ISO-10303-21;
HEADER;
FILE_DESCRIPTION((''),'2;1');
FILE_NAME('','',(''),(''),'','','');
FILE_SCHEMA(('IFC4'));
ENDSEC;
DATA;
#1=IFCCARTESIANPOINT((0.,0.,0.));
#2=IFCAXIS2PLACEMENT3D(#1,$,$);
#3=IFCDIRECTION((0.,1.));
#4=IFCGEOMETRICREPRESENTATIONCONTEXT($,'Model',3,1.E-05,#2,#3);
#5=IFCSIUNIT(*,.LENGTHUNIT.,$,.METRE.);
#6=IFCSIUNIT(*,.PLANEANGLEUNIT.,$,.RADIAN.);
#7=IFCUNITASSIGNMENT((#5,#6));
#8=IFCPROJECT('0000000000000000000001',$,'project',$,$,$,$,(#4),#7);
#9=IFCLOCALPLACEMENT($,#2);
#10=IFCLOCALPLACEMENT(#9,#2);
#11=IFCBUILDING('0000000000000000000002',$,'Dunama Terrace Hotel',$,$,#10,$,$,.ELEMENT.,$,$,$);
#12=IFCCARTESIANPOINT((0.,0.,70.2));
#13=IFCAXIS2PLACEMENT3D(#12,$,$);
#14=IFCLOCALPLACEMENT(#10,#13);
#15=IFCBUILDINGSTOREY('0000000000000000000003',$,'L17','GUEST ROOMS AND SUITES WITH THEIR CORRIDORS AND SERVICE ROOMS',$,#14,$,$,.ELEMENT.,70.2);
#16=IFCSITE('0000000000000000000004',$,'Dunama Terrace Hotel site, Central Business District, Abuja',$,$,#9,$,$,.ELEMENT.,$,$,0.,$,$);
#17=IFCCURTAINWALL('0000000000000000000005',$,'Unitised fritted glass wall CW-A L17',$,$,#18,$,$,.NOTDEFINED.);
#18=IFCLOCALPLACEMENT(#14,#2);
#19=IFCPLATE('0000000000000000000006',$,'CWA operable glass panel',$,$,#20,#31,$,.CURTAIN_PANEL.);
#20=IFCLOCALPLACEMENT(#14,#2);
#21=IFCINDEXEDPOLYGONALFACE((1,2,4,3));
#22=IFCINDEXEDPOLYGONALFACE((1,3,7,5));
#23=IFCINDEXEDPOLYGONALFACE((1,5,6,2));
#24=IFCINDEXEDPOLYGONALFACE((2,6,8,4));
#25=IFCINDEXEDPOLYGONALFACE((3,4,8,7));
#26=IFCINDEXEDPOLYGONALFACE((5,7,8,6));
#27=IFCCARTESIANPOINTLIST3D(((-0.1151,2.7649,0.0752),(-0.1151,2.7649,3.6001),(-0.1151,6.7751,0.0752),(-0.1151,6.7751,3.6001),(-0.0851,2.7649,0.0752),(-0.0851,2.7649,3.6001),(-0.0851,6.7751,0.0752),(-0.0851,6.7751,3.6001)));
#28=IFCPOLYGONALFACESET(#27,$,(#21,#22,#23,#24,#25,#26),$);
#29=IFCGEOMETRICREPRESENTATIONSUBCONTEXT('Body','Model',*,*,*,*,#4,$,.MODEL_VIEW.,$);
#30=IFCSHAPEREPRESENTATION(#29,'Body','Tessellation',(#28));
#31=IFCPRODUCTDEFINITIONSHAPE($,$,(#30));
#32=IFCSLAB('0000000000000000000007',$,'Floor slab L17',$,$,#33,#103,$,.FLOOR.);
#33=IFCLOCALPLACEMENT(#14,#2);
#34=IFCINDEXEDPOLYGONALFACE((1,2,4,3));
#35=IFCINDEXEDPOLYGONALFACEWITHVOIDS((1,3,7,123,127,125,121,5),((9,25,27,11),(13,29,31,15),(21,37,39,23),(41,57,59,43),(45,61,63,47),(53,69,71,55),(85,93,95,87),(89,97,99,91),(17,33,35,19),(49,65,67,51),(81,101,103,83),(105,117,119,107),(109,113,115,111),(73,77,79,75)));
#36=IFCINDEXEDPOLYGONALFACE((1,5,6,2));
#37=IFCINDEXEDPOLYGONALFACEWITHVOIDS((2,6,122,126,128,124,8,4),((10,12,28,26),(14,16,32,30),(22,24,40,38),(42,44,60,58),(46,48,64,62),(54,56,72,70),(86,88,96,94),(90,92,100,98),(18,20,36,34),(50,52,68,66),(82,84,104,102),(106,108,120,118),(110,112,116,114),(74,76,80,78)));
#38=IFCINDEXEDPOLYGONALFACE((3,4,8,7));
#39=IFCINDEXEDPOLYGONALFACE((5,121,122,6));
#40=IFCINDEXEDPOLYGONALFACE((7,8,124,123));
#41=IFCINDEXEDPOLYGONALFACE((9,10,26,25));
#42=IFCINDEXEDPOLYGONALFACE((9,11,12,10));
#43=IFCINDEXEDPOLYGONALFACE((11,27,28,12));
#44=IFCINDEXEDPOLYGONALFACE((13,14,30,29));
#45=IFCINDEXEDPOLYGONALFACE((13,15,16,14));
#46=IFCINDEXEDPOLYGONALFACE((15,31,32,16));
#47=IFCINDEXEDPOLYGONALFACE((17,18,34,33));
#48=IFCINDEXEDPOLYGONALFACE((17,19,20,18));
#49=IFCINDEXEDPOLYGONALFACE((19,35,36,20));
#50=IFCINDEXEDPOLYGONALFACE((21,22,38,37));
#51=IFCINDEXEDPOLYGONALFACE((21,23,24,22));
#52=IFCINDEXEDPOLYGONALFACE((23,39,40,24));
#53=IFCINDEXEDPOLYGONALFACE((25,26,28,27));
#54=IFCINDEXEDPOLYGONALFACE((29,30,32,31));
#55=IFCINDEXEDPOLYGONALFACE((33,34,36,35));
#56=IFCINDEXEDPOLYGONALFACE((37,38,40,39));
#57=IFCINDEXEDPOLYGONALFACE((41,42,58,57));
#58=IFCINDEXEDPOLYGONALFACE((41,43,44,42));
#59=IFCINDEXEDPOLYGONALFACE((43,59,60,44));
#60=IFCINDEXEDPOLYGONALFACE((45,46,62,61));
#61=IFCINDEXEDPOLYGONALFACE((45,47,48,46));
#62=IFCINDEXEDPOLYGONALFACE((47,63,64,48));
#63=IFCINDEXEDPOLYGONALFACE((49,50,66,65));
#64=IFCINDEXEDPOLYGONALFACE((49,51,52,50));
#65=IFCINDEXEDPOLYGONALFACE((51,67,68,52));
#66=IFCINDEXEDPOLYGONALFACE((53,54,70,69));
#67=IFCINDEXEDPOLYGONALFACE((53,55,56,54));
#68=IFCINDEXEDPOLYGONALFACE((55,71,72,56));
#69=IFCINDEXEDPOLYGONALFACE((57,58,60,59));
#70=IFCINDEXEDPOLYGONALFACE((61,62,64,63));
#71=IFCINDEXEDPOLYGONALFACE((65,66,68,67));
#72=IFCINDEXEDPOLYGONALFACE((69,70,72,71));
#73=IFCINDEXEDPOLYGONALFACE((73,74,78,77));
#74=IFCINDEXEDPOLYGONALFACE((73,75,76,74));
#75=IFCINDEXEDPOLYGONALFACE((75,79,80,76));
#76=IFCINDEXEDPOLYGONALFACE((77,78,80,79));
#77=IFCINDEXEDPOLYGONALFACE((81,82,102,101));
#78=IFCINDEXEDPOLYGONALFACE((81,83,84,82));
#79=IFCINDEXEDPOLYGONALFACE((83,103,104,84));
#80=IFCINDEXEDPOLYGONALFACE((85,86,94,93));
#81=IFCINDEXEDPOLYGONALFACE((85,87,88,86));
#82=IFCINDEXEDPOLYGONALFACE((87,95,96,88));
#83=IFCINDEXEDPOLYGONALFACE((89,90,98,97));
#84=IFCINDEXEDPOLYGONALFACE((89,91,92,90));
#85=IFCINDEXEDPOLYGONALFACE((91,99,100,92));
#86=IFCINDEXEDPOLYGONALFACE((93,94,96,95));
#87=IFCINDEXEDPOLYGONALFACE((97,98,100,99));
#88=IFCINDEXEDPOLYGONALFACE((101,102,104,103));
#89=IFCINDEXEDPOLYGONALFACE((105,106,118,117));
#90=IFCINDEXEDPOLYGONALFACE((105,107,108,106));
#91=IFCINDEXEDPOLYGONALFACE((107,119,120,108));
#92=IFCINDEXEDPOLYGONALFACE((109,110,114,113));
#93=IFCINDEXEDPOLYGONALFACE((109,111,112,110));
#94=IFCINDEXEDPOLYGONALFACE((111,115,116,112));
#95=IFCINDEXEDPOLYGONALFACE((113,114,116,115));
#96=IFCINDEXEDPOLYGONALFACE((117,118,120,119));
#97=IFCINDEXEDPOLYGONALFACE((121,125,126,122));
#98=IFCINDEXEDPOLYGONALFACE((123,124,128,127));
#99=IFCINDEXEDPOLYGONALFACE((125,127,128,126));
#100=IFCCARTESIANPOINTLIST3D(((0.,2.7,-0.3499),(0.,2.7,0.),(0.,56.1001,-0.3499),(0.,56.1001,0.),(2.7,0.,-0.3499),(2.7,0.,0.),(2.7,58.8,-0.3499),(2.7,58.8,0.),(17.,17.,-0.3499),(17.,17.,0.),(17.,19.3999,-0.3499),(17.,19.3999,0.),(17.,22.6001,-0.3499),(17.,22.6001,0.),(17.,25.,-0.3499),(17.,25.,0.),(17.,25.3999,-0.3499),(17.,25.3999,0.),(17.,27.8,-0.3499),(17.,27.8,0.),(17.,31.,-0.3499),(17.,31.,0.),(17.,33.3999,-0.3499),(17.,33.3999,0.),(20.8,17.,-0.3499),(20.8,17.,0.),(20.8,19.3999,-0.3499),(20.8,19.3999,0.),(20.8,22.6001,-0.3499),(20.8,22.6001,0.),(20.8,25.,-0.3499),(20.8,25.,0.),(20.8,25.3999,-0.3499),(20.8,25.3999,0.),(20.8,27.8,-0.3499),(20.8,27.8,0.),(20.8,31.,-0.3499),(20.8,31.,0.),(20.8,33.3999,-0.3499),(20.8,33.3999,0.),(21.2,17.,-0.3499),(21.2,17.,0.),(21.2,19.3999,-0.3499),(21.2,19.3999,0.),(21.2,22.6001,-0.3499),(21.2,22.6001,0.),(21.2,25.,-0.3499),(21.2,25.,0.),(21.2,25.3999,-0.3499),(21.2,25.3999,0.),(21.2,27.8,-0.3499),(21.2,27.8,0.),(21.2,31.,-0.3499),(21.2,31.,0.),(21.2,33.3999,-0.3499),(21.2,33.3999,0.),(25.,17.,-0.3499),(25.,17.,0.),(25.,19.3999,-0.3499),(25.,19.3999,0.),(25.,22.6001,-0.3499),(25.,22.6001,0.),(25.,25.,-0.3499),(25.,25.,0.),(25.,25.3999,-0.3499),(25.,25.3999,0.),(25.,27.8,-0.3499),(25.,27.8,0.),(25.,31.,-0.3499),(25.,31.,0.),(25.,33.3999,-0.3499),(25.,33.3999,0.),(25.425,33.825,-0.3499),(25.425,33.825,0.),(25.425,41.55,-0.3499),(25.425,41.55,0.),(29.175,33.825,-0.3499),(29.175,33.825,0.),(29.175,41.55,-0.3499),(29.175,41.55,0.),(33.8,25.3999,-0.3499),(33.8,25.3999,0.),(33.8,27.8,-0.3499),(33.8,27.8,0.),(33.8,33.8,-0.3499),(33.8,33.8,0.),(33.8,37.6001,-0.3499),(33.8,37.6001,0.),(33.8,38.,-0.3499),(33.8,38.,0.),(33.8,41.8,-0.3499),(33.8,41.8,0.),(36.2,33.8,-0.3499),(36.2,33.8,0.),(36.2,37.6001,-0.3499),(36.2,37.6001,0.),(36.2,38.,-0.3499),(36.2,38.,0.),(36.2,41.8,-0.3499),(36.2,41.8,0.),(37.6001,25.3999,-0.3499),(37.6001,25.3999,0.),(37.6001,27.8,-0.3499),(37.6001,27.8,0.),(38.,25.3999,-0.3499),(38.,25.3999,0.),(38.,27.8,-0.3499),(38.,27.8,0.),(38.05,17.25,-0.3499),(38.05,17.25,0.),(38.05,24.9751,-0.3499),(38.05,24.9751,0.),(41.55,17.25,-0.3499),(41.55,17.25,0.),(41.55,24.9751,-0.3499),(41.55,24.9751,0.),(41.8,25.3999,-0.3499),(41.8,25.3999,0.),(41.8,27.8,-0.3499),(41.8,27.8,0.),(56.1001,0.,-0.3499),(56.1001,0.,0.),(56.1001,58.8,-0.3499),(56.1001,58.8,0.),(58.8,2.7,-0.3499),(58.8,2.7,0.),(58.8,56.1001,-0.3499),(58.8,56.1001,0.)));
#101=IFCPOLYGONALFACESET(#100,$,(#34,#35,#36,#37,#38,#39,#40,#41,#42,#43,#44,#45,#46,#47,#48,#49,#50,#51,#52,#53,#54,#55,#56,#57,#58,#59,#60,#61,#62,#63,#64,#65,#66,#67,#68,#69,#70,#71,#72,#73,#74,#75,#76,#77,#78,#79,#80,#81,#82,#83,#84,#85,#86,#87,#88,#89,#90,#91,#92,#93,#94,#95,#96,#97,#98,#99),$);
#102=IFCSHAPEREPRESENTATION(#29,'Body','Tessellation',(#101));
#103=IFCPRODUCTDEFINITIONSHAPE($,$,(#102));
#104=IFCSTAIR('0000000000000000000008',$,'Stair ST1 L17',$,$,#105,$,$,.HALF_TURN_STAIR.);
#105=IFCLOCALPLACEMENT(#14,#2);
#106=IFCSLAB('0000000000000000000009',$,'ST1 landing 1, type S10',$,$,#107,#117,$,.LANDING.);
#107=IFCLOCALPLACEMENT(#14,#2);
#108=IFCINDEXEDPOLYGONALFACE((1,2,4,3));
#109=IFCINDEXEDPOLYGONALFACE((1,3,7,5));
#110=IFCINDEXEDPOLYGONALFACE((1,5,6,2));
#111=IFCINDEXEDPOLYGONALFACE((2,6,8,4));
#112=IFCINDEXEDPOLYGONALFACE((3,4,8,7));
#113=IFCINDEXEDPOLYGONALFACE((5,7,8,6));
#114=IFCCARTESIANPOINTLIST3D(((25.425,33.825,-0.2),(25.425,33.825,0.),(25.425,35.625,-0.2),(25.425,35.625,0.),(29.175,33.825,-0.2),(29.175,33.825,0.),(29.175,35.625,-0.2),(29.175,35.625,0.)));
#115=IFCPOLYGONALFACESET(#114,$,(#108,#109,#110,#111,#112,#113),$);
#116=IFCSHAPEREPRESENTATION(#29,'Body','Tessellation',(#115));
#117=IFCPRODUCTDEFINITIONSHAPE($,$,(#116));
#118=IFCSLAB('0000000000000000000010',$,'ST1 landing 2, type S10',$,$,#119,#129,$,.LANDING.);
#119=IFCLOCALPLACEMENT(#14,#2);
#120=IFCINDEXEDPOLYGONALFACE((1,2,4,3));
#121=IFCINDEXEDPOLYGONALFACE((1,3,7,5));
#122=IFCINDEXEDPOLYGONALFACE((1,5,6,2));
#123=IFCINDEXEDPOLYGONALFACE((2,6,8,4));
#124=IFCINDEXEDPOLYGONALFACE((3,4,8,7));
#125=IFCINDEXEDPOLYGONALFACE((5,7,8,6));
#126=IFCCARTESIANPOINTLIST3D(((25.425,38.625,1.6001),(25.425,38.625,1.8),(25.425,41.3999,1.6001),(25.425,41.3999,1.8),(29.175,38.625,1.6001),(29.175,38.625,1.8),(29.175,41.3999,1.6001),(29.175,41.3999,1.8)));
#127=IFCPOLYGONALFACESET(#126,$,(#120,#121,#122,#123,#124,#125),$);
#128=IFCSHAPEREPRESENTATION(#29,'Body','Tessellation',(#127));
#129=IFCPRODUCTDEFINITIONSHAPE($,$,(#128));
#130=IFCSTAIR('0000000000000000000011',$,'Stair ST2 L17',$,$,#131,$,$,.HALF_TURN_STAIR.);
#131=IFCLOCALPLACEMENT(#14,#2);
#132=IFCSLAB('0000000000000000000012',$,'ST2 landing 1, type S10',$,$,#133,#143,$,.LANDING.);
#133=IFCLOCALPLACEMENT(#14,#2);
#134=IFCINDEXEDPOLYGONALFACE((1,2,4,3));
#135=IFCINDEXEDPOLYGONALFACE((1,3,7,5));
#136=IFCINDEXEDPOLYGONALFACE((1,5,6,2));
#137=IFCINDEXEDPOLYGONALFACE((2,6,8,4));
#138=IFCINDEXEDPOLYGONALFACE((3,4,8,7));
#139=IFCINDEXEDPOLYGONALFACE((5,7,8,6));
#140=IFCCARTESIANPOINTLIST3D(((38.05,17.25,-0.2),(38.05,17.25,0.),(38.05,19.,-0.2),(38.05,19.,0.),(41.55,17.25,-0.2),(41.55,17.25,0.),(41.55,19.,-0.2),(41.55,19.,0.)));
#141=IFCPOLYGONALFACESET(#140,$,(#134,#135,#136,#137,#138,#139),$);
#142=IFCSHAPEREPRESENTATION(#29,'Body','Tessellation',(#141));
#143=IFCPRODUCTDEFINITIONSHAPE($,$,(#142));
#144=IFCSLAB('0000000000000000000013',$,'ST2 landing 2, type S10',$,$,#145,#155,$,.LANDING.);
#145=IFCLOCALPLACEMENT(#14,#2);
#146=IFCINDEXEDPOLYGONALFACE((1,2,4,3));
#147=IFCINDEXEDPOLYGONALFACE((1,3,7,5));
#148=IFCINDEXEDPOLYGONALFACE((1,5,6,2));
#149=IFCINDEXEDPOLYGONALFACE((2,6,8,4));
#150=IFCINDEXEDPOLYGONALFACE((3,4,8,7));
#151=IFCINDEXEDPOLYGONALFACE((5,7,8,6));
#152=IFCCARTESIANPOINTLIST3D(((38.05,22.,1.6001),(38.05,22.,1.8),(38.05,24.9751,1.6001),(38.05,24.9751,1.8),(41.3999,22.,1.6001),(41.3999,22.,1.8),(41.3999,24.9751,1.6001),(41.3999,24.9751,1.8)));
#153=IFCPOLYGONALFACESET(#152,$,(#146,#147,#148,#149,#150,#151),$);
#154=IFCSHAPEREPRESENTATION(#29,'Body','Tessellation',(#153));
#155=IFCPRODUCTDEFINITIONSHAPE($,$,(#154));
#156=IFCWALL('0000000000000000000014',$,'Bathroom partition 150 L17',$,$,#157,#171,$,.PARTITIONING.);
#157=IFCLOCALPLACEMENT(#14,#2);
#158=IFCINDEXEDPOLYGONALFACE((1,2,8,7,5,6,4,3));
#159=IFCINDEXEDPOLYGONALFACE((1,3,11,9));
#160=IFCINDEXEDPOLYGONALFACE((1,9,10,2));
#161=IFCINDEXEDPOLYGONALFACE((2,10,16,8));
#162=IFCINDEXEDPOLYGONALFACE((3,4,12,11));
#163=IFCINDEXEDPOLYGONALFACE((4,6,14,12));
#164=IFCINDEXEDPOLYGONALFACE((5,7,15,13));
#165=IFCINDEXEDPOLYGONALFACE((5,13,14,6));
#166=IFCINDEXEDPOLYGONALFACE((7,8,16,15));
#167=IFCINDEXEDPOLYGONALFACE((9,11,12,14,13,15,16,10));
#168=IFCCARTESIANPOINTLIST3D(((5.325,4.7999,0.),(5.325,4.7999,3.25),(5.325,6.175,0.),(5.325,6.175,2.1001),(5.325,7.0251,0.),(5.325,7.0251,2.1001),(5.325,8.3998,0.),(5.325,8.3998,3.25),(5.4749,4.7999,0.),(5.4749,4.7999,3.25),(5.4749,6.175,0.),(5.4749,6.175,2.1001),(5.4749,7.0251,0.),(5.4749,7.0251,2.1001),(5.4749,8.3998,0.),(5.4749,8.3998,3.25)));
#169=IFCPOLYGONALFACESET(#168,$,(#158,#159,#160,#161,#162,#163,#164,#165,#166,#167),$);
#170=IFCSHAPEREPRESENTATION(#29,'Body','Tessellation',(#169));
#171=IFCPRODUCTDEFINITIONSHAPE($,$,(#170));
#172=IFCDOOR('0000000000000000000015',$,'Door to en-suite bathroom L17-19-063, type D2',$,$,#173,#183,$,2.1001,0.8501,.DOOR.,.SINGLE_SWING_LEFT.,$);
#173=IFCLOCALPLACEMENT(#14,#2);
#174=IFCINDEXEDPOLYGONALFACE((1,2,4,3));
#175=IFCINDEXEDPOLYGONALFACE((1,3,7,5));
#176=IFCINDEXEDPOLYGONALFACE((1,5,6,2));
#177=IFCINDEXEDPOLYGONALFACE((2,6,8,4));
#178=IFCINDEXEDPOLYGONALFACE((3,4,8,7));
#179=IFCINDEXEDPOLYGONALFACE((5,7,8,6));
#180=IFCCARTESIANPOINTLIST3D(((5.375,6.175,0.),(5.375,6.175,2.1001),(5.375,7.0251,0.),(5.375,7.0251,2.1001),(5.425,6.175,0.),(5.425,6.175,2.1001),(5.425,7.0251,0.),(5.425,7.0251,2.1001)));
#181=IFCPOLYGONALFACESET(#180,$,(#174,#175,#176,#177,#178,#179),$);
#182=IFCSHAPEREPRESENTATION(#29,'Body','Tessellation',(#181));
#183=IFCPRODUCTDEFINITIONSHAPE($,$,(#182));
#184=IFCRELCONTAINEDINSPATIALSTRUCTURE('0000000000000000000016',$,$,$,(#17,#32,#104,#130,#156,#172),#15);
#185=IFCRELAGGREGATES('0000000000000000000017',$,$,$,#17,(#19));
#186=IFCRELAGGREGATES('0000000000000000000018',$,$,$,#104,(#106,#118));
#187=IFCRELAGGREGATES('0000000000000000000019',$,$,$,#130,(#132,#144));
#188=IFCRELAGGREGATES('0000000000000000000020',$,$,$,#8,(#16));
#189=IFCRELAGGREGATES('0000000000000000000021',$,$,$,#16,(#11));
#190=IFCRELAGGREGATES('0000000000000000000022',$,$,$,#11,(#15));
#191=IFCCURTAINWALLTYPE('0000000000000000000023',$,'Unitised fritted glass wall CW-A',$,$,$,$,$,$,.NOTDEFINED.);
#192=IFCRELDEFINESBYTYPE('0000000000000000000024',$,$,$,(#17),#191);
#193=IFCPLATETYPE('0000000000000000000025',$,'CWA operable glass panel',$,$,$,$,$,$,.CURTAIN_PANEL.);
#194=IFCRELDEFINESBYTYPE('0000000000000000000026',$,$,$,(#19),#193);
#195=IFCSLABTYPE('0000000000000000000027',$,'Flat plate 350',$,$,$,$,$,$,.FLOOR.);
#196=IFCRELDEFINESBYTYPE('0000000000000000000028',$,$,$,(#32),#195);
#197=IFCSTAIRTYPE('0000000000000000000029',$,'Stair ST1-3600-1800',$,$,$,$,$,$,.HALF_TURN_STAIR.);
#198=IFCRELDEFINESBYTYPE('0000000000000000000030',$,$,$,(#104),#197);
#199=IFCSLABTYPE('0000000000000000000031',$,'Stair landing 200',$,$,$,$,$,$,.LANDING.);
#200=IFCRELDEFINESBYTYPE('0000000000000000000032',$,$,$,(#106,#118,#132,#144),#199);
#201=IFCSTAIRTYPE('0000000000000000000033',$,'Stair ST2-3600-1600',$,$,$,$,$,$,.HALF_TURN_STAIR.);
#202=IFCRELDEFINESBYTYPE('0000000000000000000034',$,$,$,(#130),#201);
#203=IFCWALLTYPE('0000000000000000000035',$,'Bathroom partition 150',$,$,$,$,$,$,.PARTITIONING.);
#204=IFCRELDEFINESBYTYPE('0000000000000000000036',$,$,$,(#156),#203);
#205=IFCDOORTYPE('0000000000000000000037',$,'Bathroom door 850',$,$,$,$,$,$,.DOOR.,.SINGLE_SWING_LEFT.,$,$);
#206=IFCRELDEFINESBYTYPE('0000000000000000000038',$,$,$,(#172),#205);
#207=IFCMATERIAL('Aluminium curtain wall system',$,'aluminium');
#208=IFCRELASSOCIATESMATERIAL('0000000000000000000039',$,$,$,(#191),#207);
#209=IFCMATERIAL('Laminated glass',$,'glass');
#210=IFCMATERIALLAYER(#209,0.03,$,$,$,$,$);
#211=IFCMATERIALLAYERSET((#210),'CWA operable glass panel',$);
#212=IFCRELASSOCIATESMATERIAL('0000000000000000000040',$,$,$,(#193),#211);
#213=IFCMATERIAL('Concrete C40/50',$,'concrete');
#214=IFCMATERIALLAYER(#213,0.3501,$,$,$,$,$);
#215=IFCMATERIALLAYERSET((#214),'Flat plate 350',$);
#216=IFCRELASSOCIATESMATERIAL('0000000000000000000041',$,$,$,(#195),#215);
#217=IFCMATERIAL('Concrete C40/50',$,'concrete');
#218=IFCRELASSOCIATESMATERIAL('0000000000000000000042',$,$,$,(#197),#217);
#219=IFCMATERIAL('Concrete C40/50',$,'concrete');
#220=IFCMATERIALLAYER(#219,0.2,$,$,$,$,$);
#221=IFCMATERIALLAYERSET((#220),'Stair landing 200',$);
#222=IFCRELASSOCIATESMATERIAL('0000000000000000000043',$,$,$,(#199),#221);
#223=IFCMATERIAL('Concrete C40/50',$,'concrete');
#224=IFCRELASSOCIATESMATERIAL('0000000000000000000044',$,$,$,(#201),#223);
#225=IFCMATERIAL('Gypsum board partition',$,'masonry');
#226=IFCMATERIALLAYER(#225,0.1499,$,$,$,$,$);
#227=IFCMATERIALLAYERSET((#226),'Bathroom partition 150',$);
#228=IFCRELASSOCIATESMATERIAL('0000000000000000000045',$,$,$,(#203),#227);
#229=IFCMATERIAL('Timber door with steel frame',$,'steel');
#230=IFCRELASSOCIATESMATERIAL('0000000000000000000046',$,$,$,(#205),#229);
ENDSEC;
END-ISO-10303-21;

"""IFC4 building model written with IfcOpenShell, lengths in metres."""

from ifc_helpers import new_model, si_unit, direction, frame, frame_2d, origin, origin_2d, place, context, subcontext, project, spatial, polyline, rectangle, outline, extrude, material, layer, layer_set, type_object, element, fill, aggregate, save


model = new_model("IFC4")

# Units and contexts
model_context = context("Model", 3, precision=1e-05, world=origin(), true_north=direction((0.0, 1.0)))
body_context = subcontext(model_context, "Body", "Model", "MODEL_VIEW")
ifc_project = project(units=[si_unit("LENGTHUNIT", "METRE"), si_unit("PLANEANGLEUNIT", "RADIAN")], contexts=[model_context])

# Site, building, storey
site_placement = place(None, origin())
site = spatial("IfcSite", under=ifc_project, at=site_placement, Name="Dunama Terrace Hotel site, Central Business District, Abuja", CompositionType="ELEMENT", RefElevation=0.0)
building_placement = place(site_placement, origin())
building = spatial("IfcBuilding", under=site, at=building_placement, Name="Dunama Terrace Hotel", CompositionType="ELEMENT")
storey_placement = place(building_placement, frame((0.0, 0.0, 70.2)))
storey = spatial("IfcBuildingStorey", under=building, at=storey_placement, Name="L17", Description="GUEST ROOMS AND SUITES WITH THEIR CORRIDORS AND SERVICE ROOMS", CompositionType="ELEMENT", Elevation=70.2)

# Curtain wall
ifc_material_1 = material(Name="Aluminium curtain wall system", Category="aluminium")
curtain_wall_type = type_object("IfcCurtainWallType", Name="Unitised fritted glass wall CW-A", PredefinedType="NOTDEFINED", material=ifc_material_1)
curtain_wall_1_placement = place(storey_placement, origin())
curtain_wall_1 = element("IfcCurtainWall", 1, at=curtain_wall_1_placement, inside=storey, type_object=curtain_wall_type, Name="Unitised fritted glass wall CW-A L17", PredefinedType="NOTDEFINED")

# Plate
ifc_material_2 = material(Name="Laminated glass", Category="glass")
ifc_layer_1 = layer(ifc_material_2, 0.03)
ifc_layer_set_1 = layer_set([ifc_layer_1], Name="CWA operable glass panel")
plate_type_1 = type_object("IfcPlateType", Name="CWA operable glass panel", PredefinedType="CURTAIN_PANEL", material=ifc_layer_set_1)
plate_1_placement = place(storey_placement, frame((-0.1001, 4.77, 0.0752), z_axis=(0.0, 0.0, 1.0), x_axis=(0.0, -1.0, 0.0)))
plate_1 = element("IfcPlate", 2, at=plate_1_placement, type_object=plate_type_1, Name="CWA operable glass panel", PredefinedType="CURTAIN_PANEL", context=body_context, shape_type="SweptSolid", body=[
    extrude(rectangle(XDim=4.0103, YDim=0.03, at=origin_2d()), origin(), (0.0, 0.0, 1.0), 3.5249),
])
aggregate(curtain_wall_1, [plate_1])

# Slab
ifc_material_3 = material(Name="Concrete C40/50", Category="concrete")
ifc_layer_2 = layer(ifc_material_3, 0.3501)
ifc_layer_set_2 = layer_set([ifc_layer_2], Name="Flat plate 350")
slab_type_1 = type_object("IfcSlabType", Name="Flat plate 350", PredefinedType="FLOOR", material=ifc_layer_set_2)
slab_1_placement = place(storey_placement, frame((0.0, 0.0, -0.3499)))
element("IfcSlab", 3, at=slab_1_placement, inside=storey, type_object=slab_type_1, Name="Floor slab L17", PredefinedType="FLOOR", context=body_context, shape_type="SweptSolid", body=[
    extrude(outline(polyline([(2.7, 0.0), (56.1001, 0.0), (58.8, 2.7), (58.8, 56.1001), (56.1001, 58.8), (2.7, 58.8), (0.0, 56.1001), (0.0, 2.7), (2.7, 0.0)]), holes=[polyline([(20.8, 25.3999), (20.8, 27.8), (17.0, 27.8), (17.0, 25.3999), (20.8, 25.3999)]), polyline([(25.0, 25.3999), (25.0, 27.8), (21.2, 27.8), (21.2, 25.3999), (25.0, 25.3999)]), polyline([(20.8, 31.0), (20.8, 33.3999), (17.0, 33.3999), (17.0, 31.0), (20.8, 31.0)]), polyline([(25.0, 31.0), (25.0, 33.3999), (21.2, 33.3999), (21.2, 31.0), (25.0, 31.0)]), polyline([(37.6001, 25.3999), (37.6001, 27.8), (33.8, 27.8), (33.8, 25.3999), (37.6001, 25.3999)]), polyline([(41.8, 25.3999), (41.8, 27.8), (38.0, 27.8), (38.0, 25.3999), (41.8, 25.3999)]), polyline([(20.8, 17.0), (20.8, 19.3999), (17.0, 19.3999), (17.0, 17.0), (20.8, 17.0)]), polyline([(25.0, 17.0), (25.0, 19.3999), (21.2, 19.3999), (21.2, 17.0), (25.0, 17.0)]), polyline([(20.8, 22.6001), (20.8, 25.0), (17.0, 25.0), (17.0, 22.6001), (20.8, 22.6001)]), polyline([(25.0, 22.6001), (25.0, 25.0), (21.2, 25.0), (21.2, 22.6001), (25.0, 22.6001)]), polyline([(36.2, 38.0), (36.2, 41.8), (33.8, 41.8), (33.8, 38.0), (36.2, 38.0)]), polyline([(36.2, 33.8), (36.2, 37.6001), (33.8, 37.6001), (33.8, 33.8), (36.2, 33.8)]), polyline([(29.175, 33.825), (29.175, 41.55), (25.425, 41.55), (25.425, 33.825), (29.175, 33.825)]), polyline([(41.55, 17.25), (41.55, 24.9751), (38.05, 24.9751), (38.05, 17.25), (41.55, 17.25)])]), origin(), (0.0, 0.0, 1.0), 0.3499),
])

# Stairs, slabs
ifc_material_4 = material(Name="Concrete C40/50", Category="concrete")
stair_type_1 = type_object("IfcStairType", Name="Stair ST1-3600-1800", PredefinedType="HALF_TURN_STAIR", material=ifc_material_4)
stair_1_placement = place(storey_placement, origin())
stair_1 = element("IfcStair", 4, at=stair_1_placement, inside=storey, type_object=stair_type_1, Name="Stair ST1 L17", PredefinedType="HALF_TURN_STAIR")
ifc_material_5 = material(Name="Concrete C40/50", Category="concrete")
ifc_layer_3 = layer(ifc_material_5, 0.2)
ifc_layer_set_3 = layer_set([ifc_layer_3], Name="Stair landing 200")
slab_type_2 = type_object("IfcSlabType", Name="Stair landing 200", PredefinedType="LANDING", material=ifc_layer_set_3)
slab_2_placement = place(storey_placement, frame((0.0, 0.0, -0.2)))
slab_2 = element("IfcSlab", 5, at=slab_2_placement, type_object=slab_type_2, Name="ST1 landing 1, type S10", PredefinedType="LANDING", context=body_context, shape_type="SweptSolid", body=[
    extrude(outline(polyline([(25.425, 33.825), (29.175, 33.825), (29.175, 35.625), (25.425, 35.625), (25.425, 33.825)])), origin(), (0.0, 0.0, 1.0), 0.2),
])
slab_3_placement = place(storey_placement, frame((0.0, 0.0, 1.6001)))
slab_3 = element("IfcSlab", 6, at=slab_3_placement, type_object=slab_type_2, Name="ST1 landing 2, type S10", PredefinedType="LANDING", context=body_context, shape_type="SweptSolid", body=[
    extrude(outline(polyline([(25.425, 38.625), (29.175, 38.625), (29.175, 41.3999), (25.425, 41.3999), (25.425, 38.625)])), origin(), (0.0, 0.0, 1.0), 0.2),
])
aggregate(stair_1, [slab_2, slab_3])
ifc_material_6 = material(Name="Concrete C40/50", Category="concrete")
stair_type_2 = type_object("IfcStairType", Name="Stair ST2-3600-1600", PredefinedType="HALF_TURN_STAIR", material=ifc_material_6)
stair_2_placement = place(storey_placement, origin())
stair_2 = element("IfcStair", 7, at=stair_2_placement, inside=storey, type_object=stair_type_2, Name="Stair ST2 L17", PredefinedType="HALF_TURN_STAIR")
slab_4_placement = place(storey_placement, frame((0.0, 0.0, -0.2)))
slab_4 = element("IfcSlab", 8, at=slab_4_placement, type_object=slab_type_2, Name="ST2 landing 1, type S10", PredefinedType="LANDING", context=body_context, shape_type="SweptSolid", body=[
    extrude(outline(polyline([(38.05, 17.25), (41.55, 17.25), (41.55, 19.0), (38.05, 19.0), (38.05, 17.25)])), origin(), (0.0, 0.0, 1.0), 0.2),
])
slab_5_placement = place(storey_placement, frame((0.0, 0.0, 1.6001)))
slab_5 = element("IfcSlab", 9, at=slab_5_placement, type_object=slab_type_2, Name="ST2 landing 2, type S10", PredefinedType="LANDING", context=body_context, shape_type="SweptSolid", body=[
    extrude(outline(polyline([(38.05, 22.0), (41.3999, 22.0), (41.3999, 24.9751), (38.05, 24.9751), (38.05, 22.0)])), origin(), (0.0, 0.0, 1.0), 0.2),
])
aggregate(stair_2, [slab_4, slab_5])

# Wall, opening, door
ifc_material_7 = material(Name="Gypsum board partition", Category="masonry")
ifc_layer_4 = layer(ifc_material_7, 0.1499)
ifc_layer_set_4 = layer_set([ifc_layer_4], Name="Bathroom partition 150")
wall_type_1 = type_object("IfcWallType", Name="Bathroom partition 150", PredefinedType="PARTITIONING", material=ifc_layer_set_4)
wall_1_placement = place(storey_placement, frame((5.3999, 4.8, 0.0), z_axis=(0.0, 0.0, 1.0), x_axis=(0.0, 1.0, 0.0)))
wall_1 = element("IfcWall", 10, at=wall_1_placement, inside=storey, type_object=wall_type_1, Name="Bathroom partition 150 L17", PredefinedType="PARTITIONING", context=body_context, shape_type="SweptSolid", body=[
    extrude(rectangle(XDim=3.5999, YDim=0.1499, at=frame_2d((1.7998, 0.0))), origin(), (0.0, 0.0, 1.0), 3.25),
])
opening_1_placement = place(wall_1_placement, frame((1.375, 0.0, 0.0)))
opening_1 = element("IfcOpeningElement", 11, at=opening_1_placement, cuts=wall_1, PredefinedType="OPENING", context=body_context, shape_type="SweptSolid", body=[
    extrude(rectangle(XDim=0.8501, YDim=2.1001, at=frame_2d((0.425, 1.05))), frame((0.0, 0.085, 0.0), z_axis=(0.0, -1.0, 0.0), x_axis=(1.0, 0.0, 0.0)), (0.0, 0.0, 1.0), 0.1699),
])
ifc_material_8 = material(Name="Timber door with steel frame", Category="steel")
door_type_1 = type_object("IfcDoorType", Name="Bathroom door 850", OperationType="SINGLE_SWING_LEFT", PredefinedType="DOOR", material=ifc_material_8)
door_1_placement = place(opening_1_placement, frame((0.8501, 0.0, 0.0), z_axis=(0.0, 0.0, 1.0), x_axis=(-1.0, 0.0, 0.0)))
door_1 = element("IfcDoor", 12, at=door_1_placement, inside=storey, type_object=door_type_1, Name="Door to en-suite bathroom L17-19-063, type D2", OperationType="SINGLE_SWING_LEFT", OverallHeight=2.1001, OverallWidth=0.8501, PredefinedType="DOOR", context=body_context, shape_type="SweptSolid", body=[
    extrude(rectangle(XDim=0.8501, YDim=2.1001, at=frame_2d((0.425, 1.05))), frame((0.0, 0.0251, 0.0), z_axis=(0.0, -1.0, 0.0), x_axis=(1.0, 0.0, 0.0)), (0.0, 0.0, 1.0), 0.05),
])
fill(opening_1, door_1)

save(model, "model.ifc")
